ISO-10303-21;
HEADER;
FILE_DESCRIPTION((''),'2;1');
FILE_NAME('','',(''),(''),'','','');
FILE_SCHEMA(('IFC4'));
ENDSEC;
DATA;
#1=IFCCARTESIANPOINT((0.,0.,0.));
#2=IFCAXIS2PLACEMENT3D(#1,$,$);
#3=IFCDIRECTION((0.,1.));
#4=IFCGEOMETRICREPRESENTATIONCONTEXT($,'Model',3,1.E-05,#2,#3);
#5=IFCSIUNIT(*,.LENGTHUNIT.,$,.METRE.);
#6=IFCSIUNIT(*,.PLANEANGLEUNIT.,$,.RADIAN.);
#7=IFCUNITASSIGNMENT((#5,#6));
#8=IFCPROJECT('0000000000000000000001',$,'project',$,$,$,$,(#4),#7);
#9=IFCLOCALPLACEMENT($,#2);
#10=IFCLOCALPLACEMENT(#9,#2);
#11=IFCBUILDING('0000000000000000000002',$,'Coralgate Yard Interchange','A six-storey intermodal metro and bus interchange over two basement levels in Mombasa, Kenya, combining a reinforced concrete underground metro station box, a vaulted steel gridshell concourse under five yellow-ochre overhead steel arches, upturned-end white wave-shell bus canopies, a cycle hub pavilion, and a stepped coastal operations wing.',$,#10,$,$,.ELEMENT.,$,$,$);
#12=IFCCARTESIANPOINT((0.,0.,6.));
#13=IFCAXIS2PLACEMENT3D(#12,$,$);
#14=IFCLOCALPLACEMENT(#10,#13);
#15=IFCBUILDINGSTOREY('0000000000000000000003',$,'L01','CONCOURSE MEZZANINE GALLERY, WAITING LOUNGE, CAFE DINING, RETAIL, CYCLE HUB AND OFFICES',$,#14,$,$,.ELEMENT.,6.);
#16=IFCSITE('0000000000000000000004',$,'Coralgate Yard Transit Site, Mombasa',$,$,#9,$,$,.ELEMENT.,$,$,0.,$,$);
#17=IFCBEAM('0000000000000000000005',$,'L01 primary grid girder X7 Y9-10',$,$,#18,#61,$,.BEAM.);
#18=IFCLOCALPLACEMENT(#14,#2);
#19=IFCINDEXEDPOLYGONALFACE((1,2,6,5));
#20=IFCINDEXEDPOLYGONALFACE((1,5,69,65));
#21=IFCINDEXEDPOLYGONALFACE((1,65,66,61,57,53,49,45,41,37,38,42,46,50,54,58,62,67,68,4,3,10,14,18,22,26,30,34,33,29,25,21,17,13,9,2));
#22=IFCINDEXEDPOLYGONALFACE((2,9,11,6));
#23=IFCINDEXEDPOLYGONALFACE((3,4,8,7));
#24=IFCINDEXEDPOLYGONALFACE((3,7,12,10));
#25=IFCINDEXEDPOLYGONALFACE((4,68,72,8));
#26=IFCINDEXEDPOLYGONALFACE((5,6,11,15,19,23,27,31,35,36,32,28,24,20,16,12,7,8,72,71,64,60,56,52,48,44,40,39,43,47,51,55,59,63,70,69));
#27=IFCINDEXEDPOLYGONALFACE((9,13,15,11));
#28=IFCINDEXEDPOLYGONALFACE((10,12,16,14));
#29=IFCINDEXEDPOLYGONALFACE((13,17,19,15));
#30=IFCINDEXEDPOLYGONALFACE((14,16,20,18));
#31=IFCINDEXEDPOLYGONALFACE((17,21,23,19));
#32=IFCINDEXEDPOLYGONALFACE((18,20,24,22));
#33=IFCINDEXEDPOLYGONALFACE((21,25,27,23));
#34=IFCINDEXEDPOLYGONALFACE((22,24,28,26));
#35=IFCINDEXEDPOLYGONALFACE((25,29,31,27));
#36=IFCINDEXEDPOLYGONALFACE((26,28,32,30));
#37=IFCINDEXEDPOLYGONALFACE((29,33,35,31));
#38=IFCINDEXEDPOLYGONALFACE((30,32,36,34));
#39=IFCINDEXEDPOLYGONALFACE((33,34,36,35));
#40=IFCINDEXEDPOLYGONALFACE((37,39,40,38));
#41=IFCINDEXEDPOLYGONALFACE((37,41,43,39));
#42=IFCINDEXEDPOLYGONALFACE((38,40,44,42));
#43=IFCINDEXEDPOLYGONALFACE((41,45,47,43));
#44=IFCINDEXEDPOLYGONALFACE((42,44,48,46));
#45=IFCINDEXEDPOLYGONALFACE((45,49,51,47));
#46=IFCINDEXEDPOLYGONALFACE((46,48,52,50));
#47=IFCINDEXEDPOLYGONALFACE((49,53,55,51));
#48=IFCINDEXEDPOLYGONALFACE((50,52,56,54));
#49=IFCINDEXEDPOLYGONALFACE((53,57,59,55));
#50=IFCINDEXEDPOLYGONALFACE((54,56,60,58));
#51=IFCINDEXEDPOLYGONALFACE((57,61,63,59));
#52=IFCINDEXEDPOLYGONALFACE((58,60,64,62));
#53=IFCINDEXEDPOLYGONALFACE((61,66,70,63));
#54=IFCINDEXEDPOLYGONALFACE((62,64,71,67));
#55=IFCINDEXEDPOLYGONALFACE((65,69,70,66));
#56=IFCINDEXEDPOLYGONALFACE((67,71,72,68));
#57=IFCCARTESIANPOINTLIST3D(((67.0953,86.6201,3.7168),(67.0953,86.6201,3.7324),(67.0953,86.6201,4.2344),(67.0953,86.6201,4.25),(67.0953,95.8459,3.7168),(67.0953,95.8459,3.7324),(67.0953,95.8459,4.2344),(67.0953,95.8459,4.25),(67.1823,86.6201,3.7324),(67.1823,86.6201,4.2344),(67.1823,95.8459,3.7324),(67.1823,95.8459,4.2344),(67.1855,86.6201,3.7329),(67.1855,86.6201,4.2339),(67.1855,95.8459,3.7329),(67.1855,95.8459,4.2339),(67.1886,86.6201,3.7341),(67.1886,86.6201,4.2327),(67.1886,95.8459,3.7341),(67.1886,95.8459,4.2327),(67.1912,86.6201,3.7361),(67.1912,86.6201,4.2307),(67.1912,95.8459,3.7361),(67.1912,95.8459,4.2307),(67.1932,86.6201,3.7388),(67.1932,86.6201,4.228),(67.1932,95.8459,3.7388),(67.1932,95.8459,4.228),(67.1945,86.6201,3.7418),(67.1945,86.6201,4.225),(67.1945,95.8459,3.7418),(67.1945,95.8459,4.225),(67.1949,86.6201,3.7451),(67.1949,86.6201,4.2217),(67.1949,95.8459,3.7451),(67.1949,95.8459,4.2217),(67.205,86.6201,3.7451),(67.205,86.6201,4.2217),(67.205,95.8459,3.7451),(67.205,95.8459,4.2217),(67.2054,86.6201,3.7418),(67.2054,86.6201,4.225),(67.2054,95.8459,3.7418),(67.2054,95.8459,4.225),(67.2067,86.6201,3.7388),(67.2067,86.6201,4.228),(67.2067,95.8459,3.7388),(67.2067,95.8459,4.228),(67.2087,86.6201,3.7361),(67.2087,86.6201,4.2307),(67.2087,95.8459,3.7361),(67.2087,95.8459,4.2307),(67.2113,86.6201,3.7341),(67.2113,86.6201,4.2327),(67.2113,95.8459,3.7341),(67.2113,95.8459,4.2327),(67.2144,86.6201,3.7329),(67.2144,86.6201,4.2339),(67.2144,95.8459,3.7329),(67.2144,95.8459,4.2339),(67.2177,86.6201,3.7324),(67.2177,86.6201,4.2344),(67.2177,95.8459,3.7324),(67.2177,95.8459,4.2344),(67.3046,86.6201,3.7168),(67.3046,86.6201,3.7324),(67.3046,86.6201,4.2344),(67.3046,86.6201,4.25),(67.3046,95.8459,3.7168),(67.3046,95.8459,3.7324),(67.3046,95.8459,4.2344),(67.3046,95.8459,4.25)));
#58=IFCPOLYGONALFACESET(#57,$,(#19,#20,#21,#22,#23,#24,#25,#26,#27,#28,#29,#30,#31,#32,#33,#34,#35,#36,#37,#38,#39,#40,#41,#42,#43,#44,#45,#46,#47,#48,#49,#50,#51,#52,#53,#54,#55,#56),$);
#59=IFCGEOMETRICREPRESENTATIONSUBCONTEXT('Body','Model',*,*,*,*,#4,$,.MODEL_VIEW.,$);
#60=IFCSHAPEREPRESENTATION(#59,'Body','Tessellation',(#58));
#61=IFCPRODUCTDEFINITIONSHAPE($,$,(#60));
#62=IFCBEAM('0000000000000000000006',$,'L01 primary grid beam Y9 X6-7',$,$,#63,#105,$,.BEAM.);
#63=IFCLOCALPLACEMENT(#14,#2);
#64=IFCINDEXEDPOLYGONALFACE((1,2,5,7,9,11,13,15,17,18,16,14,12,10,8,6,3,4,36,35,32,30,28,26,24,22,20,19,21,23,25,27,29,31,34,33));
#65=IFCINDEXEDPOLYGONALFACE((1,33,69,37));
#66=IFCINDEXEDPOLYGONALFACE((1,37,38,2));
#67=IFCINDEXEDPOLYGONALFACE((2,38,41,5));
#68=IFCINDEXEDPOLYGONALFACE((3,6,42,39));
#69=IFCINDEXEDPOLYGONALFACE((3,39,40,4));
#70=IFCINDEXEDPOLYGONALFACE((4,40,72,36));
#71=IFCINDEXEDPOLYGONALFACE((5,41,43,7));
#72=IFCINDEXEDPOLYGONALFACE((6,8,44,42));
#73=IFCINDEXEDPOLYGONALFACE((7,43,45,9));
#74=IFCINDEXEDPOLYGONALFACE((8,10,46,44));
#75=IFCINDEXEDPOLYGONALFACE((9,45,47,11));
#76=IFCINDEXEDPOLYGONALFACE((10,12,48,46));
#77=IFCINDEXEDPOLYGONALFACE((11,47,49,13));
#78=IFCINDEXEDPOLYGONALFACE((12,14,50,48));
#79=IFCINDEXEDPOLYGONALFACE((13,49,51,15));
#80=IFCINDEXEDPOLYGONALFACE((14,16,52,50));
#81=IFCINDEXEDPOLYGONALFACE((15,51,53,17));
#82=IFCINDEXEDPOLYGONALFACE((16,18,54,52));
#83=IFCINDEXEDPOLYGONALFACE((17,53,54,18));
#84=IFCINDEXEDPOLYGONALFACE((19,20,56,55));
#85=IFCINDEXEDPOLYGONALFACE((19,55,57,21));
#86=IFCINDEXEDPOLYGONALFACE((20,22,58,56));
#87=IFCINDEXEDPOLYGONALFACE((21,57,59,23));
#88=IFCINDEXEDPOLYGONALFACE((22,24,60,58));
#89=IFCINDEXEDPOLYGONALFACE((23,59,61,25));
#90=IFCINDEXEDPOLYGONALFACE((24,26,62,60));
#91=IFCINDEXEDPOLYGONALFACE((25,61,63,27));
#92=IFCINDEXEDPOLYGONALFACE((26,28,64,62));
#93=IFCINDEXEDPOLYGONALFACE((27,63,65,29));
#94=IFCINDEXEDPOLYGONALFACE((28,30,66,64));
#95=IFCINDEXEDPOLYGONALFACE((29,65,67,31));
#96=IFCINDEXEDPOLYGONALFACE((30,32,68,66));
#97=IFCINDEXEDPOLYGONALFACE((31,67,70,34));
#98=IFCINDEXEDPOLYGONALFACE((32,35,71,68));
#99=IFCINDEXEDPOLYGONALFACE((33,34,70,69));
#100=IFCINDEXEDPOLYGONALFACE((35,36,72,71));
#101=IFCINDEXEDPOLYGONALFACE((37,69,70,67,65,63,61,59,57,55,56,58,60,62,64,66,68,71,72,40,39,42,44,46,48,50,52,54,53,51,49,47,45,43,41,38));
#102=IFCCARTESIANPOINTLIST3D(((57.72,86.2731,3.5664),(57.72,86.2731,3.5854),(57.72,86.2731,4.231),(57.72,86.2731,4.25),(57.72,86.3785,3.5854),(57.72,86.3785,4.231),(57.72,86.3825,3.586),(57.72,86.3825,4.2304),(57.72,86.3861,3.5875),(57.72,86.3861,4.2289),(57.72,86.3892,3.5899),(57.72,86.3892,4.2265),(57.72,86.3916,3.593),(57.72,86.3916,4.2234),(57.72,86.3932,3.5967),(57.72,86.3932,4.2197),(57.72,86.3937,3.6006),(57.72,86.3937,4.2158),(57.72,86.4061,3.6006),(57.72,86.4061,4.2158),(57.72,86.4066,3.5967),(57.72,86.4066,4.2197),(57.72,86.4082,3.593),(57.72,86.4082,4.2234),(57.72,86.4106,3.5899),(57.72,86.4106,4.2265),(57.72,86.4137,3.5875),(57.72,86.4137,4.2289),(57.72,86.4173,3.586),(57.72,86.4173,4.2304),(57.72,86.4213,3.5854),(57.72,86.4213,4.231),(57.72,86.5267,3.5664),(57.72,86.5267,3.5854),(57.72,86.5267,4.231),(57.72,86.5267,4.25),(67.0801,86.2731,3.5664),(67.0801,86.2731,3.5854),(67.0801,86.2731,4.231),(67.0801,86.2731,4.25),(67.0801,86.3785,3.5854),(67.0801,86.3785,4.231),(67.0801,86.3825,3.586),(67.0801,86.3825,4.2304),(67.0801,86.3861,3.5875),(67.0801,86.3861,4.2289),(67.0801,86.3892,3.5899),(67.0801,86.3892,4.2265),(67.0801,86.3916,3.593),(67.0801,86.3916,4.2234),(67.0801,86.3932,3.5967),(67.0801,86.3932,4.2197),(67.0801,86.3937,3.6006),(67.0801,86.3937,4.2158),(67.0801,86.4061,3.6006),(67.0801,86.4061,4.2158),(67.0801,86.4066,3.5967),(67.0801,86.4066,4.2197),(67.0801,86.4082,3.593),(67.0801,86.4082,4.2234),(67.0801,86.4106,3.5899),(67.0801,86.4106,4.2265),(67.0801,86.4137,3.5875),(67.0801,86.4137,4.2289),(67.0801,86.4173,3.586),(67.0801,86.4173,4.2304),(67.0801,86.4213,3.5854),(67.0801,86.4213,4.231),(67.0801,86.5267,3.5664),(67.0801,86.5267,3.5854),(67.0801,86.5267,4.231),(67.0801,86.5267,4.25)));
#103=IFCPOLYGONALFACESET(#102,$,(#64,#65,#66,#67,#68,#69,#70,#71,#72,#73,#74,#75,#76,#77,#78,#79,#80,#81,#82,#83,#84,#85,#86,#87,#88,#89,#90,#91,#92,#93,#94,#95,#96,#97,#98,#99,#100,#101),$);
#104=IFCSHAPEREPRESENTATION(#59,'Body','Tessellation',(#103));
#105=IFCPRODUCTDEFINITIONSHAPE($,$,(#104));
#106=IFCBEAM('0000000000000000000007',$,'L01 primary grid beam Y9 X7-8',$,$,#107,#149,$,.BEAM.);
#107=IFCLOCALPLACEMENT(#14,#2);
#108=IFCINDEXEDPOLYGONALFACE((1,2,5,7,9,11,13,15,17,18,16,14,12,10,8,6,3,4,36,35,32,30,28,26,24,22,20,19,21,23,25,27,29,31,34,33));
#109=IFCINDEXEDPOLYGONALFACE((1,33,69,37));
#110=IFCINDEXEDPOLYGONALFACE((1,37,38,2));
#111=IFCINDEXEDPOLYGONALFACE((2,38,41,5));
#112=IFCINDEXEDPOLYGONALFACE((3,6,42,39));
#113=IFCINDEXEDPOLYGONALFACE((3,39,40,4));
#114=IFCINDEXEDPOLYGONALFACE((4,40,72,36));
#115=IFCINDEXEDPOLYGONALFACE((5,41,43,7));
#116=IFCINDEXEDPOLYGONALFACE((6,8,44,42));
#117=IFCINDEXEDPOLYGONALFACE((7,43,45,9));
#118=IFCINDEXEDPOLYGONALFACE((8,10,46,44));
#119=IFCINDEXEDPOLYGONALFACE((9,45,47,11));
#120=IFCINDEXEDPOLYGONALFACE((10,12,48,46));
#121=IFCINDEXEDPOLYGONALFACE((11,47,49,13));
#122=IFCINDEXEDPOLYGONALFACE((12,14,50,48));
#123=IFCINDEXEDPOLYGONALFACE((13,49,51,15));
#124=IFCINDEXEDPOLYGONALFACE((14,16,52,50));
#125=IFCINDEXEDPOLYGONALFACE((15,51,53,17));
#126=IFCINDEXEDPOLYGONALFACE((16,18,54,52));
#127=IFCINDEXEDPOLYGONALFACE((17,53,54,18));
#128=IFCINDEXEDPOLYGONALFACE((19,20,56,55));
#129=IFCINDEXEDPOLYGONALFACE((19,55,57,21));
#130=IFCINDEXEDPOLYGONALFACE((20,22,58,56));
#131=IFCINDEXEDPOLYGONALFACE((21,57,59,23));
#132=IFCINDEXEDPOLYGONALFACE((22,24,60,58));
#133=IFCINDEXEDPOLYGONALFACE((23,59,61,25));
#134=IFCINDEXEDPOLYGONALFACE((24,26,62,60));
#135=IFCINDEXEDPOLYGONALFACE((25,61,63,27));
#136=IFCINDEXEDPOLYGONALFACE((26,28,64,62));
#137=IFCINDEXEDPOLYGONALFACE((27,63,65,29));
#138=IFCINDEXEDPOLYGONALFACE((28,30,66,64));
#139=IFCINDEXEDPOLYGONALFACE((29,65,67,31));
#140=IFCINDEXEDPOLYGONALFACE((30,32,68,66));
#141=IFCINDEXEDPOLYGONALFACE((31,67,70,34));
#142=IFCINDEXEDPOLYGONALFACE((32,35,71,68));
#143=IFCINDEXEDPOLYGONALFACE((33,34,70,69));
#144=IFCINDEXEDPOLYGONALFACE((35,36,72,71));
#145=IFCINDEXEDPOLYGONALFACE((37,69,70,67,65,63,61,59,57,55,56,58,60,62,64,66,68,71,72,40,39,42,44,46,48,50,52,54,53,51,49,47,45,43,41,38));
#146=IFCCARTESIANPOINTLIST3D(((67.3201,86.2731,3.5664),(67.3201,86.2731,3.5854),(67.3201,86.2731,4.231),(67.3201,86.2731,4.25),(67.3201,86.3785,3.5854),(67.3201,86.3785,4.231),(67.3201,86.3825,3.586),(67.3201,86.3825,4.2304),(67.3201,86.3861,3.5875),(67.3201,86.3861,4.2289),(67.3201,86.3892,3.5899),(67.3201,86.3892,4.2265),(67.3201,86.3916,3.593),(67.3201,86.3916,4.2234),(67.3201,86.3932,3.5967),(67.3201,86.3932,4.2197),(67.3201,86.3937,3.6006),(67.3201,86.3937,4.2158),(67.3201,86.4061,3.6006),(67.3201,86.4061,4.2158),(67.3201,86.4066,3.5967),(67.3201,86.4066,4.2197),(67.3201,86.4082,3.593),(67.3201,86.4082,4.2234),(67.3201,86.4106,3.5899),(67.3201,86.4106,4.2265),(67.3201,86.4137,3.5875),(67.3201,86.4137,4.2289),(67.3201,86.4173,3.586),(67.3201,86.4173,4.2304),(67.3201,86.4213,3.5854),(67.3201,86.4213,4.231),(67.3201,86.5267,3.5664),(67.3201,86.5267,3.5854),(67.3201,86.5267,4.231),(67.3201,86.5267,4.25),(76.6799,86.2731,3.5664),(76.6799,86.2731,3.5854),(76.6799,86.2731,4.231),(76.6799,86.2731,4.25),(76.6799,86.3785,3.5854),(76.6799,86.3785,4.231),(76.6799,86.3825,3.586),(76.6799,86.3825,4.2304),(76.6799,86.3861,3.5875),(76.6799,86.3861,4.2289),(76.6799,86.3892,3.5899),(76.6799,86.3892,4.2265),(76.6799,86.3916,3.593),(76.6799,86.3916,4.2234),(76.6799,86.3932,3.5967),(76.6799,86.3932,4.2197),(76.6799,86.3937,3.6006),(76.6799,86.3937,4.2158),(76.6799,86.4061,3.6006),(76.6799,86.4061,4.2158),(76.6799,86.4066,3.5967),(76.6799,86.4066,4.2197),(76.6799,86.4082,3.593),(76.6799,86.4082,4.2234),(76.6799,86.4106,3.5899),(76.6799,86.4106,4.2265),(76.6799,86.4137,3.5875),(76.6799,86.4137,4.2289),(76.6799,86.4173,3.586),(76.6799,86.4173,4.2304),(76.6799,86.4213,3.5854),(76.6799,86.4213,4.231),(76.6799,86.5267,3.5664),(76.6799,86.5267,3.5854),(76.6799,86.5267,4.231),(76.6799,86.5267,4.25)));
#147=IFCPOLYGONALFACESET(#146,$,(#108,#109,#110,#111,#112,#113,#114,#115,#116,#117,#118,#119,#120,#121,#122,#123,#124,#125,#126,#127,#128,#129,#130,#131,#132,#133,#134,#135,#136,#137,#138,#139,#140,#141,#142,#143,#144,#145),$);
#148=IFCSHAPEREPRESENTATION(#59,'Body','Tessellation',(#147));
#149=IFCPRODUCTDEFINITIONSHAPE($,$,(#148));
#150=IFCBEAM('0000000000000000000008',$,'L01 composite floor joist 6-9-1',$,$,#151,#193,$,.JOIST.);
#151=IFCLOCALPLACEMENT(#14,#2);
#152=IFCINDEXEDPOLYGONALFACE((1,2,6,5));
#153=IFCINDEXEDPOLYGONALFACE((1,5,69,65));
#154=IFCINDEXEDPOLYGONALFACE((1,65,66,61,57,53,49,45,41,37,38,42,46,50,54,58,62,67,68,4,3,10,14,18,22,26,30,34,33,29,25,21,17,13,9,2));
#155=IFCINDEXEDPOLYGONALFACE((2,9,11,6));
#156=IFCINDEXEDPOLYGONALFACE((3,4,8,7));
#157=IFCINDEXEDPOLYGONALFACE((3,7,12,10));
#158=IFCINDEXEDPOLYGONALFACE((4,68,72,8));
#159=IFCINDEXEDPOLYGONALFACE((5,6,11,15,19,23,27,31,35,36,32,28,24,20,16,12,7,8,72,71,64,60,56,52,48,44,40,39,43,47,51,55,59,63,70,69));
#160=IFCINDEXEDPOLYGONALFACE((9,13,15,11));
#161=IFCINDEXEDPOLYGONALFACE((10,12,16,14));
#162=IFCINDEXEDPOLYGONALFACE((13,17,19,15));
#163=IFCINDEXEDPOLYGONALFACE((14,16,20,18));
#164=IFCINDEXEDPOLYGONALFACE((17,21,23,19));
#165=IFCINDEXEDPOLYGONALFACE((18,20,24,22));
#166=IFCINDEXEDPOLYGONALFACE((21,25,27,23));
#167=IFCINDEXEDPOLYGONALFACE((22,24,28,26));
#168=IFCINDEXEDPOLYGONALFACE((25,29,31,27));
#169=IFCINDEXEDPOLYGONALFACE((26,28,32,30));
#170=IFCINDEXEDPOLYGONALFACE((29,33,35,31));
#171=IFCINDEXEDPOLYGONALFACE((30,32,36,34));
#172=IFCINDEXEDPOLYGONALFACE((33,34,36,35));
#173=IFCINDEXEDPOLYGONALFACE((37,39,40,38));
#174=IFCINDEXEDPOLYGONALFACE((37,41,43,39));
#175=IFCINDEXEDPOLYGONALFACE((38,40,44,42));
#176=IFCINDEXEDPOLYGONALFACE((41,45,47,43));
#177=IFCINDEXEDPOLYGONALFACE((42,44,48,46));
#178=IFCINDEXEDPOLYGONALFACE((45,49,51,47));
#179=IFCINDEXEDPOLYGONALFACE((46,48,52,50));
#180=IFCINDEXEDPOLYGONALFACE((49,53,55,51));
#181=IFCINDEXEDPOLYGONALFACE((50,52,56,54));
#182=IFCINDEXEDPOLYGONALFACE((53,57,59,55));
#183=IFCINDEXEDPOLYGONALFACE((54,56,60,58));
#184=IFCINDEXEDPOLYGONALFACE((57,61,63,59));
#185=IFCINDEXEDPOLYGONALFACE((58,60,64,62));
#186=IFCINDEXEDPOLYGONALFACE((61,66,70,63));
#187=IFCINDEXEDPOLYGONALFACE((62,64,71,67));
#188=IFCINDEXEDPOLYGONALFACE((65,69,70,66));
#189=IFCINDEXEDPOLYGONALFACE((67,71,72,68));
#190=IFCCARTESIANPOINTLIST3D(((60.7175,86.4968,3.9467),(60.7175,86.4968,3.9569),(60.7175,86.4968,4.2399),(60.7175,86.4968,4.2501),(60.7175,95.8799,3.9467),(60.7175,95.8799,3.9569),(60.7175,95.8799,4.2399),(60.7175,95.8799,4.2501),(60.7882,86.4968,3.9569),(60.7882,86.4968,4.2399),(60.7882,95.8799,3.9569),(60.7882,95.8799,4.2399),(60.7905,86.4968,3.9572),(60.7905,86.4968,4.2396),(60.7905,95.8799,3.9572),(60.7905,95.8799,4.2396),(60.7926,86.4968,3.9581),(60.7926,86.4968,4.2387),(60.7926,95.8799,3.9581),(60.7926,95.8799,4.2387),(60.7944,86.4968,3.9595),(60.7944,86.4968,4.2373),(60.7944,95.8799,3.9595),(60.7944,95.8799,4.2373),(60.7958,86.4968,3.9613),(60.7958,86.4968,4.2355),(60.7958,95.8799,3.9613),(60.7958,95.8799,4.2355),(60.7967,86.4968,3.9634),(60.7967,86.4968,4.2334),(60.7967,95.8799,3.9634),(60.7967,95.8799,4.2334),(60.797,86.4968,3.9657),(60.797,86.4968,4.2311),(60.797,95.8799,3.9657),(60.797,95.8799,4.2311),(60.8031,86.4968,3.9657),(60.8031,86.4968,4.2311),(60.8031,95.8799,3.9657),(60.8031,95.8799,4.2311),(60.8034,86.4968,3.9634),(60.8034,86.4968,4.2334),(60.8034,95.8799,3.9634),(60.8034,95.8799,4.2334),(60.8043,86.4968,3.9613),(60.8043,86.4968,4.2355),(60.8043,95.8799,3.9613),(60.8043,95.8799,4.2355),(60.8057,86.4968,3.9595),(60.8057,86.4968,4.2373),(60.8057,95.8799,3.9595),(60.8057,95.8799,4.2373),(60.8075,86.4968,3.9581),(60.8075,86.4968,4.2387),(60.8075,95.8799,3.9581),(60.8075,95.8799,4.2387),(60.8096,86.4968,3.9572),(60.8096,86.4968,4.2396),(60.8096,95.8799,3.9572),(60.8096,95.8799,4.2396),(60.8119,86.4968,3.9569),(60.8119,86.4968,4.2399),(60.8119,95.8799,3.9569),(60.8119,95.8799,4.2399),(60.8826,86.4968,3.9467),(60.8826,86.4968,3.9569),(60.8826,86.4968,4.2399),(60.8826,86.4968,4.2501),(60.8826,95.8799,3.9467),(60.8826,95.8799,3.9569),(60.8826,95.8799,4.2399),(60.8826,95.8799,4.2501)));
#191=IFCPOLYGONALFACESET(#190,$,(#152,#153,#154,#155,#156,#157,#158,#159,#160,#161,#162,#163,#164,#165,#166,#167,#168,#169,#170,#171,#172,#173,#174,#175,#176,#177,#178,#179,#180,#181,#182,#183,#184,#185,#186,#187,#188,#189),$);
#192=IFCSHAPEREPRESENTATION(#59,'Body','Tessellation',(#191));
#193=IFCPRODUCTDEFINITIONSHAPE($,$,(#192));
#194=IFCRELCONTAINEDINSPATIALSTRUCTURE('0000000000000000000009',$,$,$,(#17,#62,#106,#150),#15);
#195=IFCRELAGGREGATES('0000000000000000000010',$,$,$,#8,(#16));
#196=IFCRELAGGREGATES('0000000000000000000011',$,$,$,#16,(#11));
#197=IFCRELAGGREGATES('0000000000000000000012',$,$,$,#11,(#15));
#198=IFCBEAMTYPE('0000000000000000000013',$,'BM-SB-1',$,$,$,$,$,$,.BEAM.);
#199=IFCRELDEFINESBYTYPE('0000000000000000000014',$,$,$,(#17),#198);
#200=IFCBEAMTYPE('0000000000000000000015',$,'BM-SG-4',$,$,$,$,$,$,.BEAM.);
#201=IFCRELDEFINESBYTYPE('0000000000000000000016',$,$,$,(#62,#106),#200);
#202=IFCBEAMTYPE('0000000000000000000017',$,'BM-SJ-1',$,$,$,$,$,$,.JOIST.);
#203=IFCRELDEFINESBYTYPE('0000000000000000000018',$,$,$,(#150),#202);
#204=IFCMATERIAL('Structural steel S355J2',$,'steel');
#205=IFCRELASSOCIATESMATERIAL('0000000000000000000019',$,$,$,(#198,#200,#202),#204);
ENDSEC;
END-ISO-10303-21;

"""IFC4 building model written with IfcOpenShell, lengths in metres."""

from ifc_helpers import new_model, si_unit, direction, frame, origin, origin_2d, place, context, subcontext, project, spatial, i_section, extrude, material, material_profile, profile_set, type_object, element, save


model = new_model("IFC4")

# Units and contexts
model_context = context("Model", 3, precision=1e-05, world=origin(), true_north=direction((0.0, 1.0)))
body_context = subcontext(model_context, "Body", "Model", "MODEL_VIEW")
ifc_project = project(units=[si_unit("LENGTHUNIT", "METRE"), si_unit("PLANEANGLEUNIT", "RADIAN")], contexts=[model_context])

# Site, building, storey
site_placement = place(None, origin())
site = spatial("IfcSite", under=ifc_project, at=site_placement, Name="Coralgate Yard Transit Site, Mombasa", CompositionType="ELEMENT", RefElevation=0.0)
building_placement = place(site_placement, origin())
building = spatial("IfcBuilding", under=site, at=building_placement, Name="Coralgate Yard Interchange", Description="A six-storey intermodal metro and bus interchange over two basement levels in Mombasa, Kenya, combining a reinforced concrete underground metro station box, a vaulted steel gridshell concourse under five yellow-ochre overhead steel arches, upturned-end white wave-shell bus canopies, a cycle hub pavilion, and a stepped coastal operations wing.", CompositionType="ELEMENT")
storey_placement = place(building_placement, frame((0.0, 0.0, 6.0)))
storey = spatial("IfcBuildingStorey", under=building, at=storey_placement, Name="L01", Description="CONCOURSE MEZZANINE GALLERY, WAITING LOUNGE, CAFE DINING, RETAIL, CYCLE HUB AND OFFICES", CompositionType="ELEMENT", Elevation=6.0)

# Shared definitions
ifc_material_1 = material(Name="Structural steel S355J2", Category="steel")

# Beams
ifc_material_profile_1 = material_profile(ifc_material_1, i_section(OverallWidth=0.2092, OverallDepth=0.5332, WebThickness=0.01, FlangeThickness=0.0156, FilletRadius=0.0127, at=origin_2d()), Name="UB 533x210x92")
ifc_profile_set_1 = profile_set([ifc_material_profile_1], Name="Structural steel S355J2")
beam_type_1 = type_object("IfcBeamType", Name="BM-SB-1", PredefinedType="BEAM", material=ifc_profile_set_1)
for number, where, z_axis, x_axis, name in (
    (1, (67.2, 86.6201, 3.9834), (0.0, 1.0, 0.0), (-1.0, 0.0, 0.0), "L01 primary grid girder X7 Y9-10"),
):
    element("IfcBeam", number, at=place(storey_placement, frame(where, z_axis=z_axis, x_axis=x_axis)), inside=storey, type_object=beam_type_1, Name=name, PredefinedType="BEAM", context=body_context, shape_type="SweptSolid", body=[
        extrude(i_section(OverallWidth=0.2092, OverallDepth=0.5332, WebThickness=0.01, FlangeThickness=0.0156, FilletRadius=0.0127, at=origin_2d()), origin(), (0.0, 0.0, 1.0), 9.2258),
    ])
ifc_material_profile_2 = material_profile(ifc_material_1, i_section(OverallWidth=0.2537, OverallDepth=0.6836, WebThickness=0.0125, FlangeThickness=0.019, FilletRadius=0.0151, at=origin_2d()), Name="UB 686x254x140")
ifc_profile_set_2 = profile_set([ifc_material_profile_2], Name="Structural steel S355J2")
beam_type_2 = type_object("IfcBeamType", Name="BM-SG-4", PredefinedType="BEAM", material=ifc_profile_set_2)
beam_1_placement = place(storey_placement, frame((57.72, 86.3999, 3.9082), z_axis=(1.0, 0.0, 0.0), x_axis=(0.0, 1.0, 0.0)))
element("IfcBeam", 2, at=beam_1_placement, inside=storey, type_object=beam_type_2, Name="L01 primary grid beam Y9 X6-7", PredefinedType="BEAM", context=body_context, shape_type="SweptSolid", body=[
    extrude(i_section(OverallWidth=0.2537, OverallDepth=0.6836, WebThickness=0.0125, FlangeThickness=0.019, FilletRadius=0.0151, at=origin_2d()), origin(), (0.0, 0.0, 1.0), 9.3601),
])
beam_2_placement = place(storey_placement, frame((67.3201, 86.3999, 3.9082), z_axis=(1.0, 0.0, 0.0), x_axis=(0.0, 1.0, 0.0)))
element("IfcBeam", 3, at=beam_2_placement, inside=storey, type_object=beam_type_2, Name="L01 primary grid beam Y9 X7-8", PredefinedType="BEAM", context=body_context, shape_type="SweptSolid", body=[
    extrude(i_section(OverallWidth=0.2537, OverallDepth=0.6836, WebThickness=0.0125, FlangeThickness=0.019, FilletRadius=0.0151, at=origin_2d()), origin(), (0.0, 0.0, 1.0), 9.3599),
])
ifc_material_profile_3 = material_profile(ifc_material_1, i_section(OverallWidth=0.165, OverallDepth=0.3035, WebThickness=0.0061, FlangeThickness=0.0103, FilletRadius=0.0088, at=origin_2d()), Name="UB 305x165x40")
ifc_profile_set_3 = profile_set([ifc_material_profile_3], Name="Structural steel S355J2")
beam_type_3 = type_object("IfcBeamType", Name="BM-SJ-1", PredefinedType="JOIST", material=ifc_profile_set_3)
for number, where, z_axis, x_axis, name in (
    (4, (60.8, 86.4968, 4.0984), (0.0, 1.0, 0.0), (-1.0, 0.0, 0.0), "L01 composite floor joist 6-9-1"),
):
    element("IfcBeam", number, at=place(storey_placement, frame(where, z_axis=z_axis, x_axis=x_axis)), inside=storey, type_object=beam_type_3, Name=name, PredefinedType="JOIST", context=body_context, shape_type="SweptSolid", body=[
        extrude(i_section(OverallWidth=0.165, OverallDepth=0.3035, WebThickness=0.0061, FlangeThickness=0.0103, FilletRadius=0.0088, at=origin_2d()), origin(), (0.0, 0.0, 1.0), 9.3831),
    ])

save(model, "model.ifc")
